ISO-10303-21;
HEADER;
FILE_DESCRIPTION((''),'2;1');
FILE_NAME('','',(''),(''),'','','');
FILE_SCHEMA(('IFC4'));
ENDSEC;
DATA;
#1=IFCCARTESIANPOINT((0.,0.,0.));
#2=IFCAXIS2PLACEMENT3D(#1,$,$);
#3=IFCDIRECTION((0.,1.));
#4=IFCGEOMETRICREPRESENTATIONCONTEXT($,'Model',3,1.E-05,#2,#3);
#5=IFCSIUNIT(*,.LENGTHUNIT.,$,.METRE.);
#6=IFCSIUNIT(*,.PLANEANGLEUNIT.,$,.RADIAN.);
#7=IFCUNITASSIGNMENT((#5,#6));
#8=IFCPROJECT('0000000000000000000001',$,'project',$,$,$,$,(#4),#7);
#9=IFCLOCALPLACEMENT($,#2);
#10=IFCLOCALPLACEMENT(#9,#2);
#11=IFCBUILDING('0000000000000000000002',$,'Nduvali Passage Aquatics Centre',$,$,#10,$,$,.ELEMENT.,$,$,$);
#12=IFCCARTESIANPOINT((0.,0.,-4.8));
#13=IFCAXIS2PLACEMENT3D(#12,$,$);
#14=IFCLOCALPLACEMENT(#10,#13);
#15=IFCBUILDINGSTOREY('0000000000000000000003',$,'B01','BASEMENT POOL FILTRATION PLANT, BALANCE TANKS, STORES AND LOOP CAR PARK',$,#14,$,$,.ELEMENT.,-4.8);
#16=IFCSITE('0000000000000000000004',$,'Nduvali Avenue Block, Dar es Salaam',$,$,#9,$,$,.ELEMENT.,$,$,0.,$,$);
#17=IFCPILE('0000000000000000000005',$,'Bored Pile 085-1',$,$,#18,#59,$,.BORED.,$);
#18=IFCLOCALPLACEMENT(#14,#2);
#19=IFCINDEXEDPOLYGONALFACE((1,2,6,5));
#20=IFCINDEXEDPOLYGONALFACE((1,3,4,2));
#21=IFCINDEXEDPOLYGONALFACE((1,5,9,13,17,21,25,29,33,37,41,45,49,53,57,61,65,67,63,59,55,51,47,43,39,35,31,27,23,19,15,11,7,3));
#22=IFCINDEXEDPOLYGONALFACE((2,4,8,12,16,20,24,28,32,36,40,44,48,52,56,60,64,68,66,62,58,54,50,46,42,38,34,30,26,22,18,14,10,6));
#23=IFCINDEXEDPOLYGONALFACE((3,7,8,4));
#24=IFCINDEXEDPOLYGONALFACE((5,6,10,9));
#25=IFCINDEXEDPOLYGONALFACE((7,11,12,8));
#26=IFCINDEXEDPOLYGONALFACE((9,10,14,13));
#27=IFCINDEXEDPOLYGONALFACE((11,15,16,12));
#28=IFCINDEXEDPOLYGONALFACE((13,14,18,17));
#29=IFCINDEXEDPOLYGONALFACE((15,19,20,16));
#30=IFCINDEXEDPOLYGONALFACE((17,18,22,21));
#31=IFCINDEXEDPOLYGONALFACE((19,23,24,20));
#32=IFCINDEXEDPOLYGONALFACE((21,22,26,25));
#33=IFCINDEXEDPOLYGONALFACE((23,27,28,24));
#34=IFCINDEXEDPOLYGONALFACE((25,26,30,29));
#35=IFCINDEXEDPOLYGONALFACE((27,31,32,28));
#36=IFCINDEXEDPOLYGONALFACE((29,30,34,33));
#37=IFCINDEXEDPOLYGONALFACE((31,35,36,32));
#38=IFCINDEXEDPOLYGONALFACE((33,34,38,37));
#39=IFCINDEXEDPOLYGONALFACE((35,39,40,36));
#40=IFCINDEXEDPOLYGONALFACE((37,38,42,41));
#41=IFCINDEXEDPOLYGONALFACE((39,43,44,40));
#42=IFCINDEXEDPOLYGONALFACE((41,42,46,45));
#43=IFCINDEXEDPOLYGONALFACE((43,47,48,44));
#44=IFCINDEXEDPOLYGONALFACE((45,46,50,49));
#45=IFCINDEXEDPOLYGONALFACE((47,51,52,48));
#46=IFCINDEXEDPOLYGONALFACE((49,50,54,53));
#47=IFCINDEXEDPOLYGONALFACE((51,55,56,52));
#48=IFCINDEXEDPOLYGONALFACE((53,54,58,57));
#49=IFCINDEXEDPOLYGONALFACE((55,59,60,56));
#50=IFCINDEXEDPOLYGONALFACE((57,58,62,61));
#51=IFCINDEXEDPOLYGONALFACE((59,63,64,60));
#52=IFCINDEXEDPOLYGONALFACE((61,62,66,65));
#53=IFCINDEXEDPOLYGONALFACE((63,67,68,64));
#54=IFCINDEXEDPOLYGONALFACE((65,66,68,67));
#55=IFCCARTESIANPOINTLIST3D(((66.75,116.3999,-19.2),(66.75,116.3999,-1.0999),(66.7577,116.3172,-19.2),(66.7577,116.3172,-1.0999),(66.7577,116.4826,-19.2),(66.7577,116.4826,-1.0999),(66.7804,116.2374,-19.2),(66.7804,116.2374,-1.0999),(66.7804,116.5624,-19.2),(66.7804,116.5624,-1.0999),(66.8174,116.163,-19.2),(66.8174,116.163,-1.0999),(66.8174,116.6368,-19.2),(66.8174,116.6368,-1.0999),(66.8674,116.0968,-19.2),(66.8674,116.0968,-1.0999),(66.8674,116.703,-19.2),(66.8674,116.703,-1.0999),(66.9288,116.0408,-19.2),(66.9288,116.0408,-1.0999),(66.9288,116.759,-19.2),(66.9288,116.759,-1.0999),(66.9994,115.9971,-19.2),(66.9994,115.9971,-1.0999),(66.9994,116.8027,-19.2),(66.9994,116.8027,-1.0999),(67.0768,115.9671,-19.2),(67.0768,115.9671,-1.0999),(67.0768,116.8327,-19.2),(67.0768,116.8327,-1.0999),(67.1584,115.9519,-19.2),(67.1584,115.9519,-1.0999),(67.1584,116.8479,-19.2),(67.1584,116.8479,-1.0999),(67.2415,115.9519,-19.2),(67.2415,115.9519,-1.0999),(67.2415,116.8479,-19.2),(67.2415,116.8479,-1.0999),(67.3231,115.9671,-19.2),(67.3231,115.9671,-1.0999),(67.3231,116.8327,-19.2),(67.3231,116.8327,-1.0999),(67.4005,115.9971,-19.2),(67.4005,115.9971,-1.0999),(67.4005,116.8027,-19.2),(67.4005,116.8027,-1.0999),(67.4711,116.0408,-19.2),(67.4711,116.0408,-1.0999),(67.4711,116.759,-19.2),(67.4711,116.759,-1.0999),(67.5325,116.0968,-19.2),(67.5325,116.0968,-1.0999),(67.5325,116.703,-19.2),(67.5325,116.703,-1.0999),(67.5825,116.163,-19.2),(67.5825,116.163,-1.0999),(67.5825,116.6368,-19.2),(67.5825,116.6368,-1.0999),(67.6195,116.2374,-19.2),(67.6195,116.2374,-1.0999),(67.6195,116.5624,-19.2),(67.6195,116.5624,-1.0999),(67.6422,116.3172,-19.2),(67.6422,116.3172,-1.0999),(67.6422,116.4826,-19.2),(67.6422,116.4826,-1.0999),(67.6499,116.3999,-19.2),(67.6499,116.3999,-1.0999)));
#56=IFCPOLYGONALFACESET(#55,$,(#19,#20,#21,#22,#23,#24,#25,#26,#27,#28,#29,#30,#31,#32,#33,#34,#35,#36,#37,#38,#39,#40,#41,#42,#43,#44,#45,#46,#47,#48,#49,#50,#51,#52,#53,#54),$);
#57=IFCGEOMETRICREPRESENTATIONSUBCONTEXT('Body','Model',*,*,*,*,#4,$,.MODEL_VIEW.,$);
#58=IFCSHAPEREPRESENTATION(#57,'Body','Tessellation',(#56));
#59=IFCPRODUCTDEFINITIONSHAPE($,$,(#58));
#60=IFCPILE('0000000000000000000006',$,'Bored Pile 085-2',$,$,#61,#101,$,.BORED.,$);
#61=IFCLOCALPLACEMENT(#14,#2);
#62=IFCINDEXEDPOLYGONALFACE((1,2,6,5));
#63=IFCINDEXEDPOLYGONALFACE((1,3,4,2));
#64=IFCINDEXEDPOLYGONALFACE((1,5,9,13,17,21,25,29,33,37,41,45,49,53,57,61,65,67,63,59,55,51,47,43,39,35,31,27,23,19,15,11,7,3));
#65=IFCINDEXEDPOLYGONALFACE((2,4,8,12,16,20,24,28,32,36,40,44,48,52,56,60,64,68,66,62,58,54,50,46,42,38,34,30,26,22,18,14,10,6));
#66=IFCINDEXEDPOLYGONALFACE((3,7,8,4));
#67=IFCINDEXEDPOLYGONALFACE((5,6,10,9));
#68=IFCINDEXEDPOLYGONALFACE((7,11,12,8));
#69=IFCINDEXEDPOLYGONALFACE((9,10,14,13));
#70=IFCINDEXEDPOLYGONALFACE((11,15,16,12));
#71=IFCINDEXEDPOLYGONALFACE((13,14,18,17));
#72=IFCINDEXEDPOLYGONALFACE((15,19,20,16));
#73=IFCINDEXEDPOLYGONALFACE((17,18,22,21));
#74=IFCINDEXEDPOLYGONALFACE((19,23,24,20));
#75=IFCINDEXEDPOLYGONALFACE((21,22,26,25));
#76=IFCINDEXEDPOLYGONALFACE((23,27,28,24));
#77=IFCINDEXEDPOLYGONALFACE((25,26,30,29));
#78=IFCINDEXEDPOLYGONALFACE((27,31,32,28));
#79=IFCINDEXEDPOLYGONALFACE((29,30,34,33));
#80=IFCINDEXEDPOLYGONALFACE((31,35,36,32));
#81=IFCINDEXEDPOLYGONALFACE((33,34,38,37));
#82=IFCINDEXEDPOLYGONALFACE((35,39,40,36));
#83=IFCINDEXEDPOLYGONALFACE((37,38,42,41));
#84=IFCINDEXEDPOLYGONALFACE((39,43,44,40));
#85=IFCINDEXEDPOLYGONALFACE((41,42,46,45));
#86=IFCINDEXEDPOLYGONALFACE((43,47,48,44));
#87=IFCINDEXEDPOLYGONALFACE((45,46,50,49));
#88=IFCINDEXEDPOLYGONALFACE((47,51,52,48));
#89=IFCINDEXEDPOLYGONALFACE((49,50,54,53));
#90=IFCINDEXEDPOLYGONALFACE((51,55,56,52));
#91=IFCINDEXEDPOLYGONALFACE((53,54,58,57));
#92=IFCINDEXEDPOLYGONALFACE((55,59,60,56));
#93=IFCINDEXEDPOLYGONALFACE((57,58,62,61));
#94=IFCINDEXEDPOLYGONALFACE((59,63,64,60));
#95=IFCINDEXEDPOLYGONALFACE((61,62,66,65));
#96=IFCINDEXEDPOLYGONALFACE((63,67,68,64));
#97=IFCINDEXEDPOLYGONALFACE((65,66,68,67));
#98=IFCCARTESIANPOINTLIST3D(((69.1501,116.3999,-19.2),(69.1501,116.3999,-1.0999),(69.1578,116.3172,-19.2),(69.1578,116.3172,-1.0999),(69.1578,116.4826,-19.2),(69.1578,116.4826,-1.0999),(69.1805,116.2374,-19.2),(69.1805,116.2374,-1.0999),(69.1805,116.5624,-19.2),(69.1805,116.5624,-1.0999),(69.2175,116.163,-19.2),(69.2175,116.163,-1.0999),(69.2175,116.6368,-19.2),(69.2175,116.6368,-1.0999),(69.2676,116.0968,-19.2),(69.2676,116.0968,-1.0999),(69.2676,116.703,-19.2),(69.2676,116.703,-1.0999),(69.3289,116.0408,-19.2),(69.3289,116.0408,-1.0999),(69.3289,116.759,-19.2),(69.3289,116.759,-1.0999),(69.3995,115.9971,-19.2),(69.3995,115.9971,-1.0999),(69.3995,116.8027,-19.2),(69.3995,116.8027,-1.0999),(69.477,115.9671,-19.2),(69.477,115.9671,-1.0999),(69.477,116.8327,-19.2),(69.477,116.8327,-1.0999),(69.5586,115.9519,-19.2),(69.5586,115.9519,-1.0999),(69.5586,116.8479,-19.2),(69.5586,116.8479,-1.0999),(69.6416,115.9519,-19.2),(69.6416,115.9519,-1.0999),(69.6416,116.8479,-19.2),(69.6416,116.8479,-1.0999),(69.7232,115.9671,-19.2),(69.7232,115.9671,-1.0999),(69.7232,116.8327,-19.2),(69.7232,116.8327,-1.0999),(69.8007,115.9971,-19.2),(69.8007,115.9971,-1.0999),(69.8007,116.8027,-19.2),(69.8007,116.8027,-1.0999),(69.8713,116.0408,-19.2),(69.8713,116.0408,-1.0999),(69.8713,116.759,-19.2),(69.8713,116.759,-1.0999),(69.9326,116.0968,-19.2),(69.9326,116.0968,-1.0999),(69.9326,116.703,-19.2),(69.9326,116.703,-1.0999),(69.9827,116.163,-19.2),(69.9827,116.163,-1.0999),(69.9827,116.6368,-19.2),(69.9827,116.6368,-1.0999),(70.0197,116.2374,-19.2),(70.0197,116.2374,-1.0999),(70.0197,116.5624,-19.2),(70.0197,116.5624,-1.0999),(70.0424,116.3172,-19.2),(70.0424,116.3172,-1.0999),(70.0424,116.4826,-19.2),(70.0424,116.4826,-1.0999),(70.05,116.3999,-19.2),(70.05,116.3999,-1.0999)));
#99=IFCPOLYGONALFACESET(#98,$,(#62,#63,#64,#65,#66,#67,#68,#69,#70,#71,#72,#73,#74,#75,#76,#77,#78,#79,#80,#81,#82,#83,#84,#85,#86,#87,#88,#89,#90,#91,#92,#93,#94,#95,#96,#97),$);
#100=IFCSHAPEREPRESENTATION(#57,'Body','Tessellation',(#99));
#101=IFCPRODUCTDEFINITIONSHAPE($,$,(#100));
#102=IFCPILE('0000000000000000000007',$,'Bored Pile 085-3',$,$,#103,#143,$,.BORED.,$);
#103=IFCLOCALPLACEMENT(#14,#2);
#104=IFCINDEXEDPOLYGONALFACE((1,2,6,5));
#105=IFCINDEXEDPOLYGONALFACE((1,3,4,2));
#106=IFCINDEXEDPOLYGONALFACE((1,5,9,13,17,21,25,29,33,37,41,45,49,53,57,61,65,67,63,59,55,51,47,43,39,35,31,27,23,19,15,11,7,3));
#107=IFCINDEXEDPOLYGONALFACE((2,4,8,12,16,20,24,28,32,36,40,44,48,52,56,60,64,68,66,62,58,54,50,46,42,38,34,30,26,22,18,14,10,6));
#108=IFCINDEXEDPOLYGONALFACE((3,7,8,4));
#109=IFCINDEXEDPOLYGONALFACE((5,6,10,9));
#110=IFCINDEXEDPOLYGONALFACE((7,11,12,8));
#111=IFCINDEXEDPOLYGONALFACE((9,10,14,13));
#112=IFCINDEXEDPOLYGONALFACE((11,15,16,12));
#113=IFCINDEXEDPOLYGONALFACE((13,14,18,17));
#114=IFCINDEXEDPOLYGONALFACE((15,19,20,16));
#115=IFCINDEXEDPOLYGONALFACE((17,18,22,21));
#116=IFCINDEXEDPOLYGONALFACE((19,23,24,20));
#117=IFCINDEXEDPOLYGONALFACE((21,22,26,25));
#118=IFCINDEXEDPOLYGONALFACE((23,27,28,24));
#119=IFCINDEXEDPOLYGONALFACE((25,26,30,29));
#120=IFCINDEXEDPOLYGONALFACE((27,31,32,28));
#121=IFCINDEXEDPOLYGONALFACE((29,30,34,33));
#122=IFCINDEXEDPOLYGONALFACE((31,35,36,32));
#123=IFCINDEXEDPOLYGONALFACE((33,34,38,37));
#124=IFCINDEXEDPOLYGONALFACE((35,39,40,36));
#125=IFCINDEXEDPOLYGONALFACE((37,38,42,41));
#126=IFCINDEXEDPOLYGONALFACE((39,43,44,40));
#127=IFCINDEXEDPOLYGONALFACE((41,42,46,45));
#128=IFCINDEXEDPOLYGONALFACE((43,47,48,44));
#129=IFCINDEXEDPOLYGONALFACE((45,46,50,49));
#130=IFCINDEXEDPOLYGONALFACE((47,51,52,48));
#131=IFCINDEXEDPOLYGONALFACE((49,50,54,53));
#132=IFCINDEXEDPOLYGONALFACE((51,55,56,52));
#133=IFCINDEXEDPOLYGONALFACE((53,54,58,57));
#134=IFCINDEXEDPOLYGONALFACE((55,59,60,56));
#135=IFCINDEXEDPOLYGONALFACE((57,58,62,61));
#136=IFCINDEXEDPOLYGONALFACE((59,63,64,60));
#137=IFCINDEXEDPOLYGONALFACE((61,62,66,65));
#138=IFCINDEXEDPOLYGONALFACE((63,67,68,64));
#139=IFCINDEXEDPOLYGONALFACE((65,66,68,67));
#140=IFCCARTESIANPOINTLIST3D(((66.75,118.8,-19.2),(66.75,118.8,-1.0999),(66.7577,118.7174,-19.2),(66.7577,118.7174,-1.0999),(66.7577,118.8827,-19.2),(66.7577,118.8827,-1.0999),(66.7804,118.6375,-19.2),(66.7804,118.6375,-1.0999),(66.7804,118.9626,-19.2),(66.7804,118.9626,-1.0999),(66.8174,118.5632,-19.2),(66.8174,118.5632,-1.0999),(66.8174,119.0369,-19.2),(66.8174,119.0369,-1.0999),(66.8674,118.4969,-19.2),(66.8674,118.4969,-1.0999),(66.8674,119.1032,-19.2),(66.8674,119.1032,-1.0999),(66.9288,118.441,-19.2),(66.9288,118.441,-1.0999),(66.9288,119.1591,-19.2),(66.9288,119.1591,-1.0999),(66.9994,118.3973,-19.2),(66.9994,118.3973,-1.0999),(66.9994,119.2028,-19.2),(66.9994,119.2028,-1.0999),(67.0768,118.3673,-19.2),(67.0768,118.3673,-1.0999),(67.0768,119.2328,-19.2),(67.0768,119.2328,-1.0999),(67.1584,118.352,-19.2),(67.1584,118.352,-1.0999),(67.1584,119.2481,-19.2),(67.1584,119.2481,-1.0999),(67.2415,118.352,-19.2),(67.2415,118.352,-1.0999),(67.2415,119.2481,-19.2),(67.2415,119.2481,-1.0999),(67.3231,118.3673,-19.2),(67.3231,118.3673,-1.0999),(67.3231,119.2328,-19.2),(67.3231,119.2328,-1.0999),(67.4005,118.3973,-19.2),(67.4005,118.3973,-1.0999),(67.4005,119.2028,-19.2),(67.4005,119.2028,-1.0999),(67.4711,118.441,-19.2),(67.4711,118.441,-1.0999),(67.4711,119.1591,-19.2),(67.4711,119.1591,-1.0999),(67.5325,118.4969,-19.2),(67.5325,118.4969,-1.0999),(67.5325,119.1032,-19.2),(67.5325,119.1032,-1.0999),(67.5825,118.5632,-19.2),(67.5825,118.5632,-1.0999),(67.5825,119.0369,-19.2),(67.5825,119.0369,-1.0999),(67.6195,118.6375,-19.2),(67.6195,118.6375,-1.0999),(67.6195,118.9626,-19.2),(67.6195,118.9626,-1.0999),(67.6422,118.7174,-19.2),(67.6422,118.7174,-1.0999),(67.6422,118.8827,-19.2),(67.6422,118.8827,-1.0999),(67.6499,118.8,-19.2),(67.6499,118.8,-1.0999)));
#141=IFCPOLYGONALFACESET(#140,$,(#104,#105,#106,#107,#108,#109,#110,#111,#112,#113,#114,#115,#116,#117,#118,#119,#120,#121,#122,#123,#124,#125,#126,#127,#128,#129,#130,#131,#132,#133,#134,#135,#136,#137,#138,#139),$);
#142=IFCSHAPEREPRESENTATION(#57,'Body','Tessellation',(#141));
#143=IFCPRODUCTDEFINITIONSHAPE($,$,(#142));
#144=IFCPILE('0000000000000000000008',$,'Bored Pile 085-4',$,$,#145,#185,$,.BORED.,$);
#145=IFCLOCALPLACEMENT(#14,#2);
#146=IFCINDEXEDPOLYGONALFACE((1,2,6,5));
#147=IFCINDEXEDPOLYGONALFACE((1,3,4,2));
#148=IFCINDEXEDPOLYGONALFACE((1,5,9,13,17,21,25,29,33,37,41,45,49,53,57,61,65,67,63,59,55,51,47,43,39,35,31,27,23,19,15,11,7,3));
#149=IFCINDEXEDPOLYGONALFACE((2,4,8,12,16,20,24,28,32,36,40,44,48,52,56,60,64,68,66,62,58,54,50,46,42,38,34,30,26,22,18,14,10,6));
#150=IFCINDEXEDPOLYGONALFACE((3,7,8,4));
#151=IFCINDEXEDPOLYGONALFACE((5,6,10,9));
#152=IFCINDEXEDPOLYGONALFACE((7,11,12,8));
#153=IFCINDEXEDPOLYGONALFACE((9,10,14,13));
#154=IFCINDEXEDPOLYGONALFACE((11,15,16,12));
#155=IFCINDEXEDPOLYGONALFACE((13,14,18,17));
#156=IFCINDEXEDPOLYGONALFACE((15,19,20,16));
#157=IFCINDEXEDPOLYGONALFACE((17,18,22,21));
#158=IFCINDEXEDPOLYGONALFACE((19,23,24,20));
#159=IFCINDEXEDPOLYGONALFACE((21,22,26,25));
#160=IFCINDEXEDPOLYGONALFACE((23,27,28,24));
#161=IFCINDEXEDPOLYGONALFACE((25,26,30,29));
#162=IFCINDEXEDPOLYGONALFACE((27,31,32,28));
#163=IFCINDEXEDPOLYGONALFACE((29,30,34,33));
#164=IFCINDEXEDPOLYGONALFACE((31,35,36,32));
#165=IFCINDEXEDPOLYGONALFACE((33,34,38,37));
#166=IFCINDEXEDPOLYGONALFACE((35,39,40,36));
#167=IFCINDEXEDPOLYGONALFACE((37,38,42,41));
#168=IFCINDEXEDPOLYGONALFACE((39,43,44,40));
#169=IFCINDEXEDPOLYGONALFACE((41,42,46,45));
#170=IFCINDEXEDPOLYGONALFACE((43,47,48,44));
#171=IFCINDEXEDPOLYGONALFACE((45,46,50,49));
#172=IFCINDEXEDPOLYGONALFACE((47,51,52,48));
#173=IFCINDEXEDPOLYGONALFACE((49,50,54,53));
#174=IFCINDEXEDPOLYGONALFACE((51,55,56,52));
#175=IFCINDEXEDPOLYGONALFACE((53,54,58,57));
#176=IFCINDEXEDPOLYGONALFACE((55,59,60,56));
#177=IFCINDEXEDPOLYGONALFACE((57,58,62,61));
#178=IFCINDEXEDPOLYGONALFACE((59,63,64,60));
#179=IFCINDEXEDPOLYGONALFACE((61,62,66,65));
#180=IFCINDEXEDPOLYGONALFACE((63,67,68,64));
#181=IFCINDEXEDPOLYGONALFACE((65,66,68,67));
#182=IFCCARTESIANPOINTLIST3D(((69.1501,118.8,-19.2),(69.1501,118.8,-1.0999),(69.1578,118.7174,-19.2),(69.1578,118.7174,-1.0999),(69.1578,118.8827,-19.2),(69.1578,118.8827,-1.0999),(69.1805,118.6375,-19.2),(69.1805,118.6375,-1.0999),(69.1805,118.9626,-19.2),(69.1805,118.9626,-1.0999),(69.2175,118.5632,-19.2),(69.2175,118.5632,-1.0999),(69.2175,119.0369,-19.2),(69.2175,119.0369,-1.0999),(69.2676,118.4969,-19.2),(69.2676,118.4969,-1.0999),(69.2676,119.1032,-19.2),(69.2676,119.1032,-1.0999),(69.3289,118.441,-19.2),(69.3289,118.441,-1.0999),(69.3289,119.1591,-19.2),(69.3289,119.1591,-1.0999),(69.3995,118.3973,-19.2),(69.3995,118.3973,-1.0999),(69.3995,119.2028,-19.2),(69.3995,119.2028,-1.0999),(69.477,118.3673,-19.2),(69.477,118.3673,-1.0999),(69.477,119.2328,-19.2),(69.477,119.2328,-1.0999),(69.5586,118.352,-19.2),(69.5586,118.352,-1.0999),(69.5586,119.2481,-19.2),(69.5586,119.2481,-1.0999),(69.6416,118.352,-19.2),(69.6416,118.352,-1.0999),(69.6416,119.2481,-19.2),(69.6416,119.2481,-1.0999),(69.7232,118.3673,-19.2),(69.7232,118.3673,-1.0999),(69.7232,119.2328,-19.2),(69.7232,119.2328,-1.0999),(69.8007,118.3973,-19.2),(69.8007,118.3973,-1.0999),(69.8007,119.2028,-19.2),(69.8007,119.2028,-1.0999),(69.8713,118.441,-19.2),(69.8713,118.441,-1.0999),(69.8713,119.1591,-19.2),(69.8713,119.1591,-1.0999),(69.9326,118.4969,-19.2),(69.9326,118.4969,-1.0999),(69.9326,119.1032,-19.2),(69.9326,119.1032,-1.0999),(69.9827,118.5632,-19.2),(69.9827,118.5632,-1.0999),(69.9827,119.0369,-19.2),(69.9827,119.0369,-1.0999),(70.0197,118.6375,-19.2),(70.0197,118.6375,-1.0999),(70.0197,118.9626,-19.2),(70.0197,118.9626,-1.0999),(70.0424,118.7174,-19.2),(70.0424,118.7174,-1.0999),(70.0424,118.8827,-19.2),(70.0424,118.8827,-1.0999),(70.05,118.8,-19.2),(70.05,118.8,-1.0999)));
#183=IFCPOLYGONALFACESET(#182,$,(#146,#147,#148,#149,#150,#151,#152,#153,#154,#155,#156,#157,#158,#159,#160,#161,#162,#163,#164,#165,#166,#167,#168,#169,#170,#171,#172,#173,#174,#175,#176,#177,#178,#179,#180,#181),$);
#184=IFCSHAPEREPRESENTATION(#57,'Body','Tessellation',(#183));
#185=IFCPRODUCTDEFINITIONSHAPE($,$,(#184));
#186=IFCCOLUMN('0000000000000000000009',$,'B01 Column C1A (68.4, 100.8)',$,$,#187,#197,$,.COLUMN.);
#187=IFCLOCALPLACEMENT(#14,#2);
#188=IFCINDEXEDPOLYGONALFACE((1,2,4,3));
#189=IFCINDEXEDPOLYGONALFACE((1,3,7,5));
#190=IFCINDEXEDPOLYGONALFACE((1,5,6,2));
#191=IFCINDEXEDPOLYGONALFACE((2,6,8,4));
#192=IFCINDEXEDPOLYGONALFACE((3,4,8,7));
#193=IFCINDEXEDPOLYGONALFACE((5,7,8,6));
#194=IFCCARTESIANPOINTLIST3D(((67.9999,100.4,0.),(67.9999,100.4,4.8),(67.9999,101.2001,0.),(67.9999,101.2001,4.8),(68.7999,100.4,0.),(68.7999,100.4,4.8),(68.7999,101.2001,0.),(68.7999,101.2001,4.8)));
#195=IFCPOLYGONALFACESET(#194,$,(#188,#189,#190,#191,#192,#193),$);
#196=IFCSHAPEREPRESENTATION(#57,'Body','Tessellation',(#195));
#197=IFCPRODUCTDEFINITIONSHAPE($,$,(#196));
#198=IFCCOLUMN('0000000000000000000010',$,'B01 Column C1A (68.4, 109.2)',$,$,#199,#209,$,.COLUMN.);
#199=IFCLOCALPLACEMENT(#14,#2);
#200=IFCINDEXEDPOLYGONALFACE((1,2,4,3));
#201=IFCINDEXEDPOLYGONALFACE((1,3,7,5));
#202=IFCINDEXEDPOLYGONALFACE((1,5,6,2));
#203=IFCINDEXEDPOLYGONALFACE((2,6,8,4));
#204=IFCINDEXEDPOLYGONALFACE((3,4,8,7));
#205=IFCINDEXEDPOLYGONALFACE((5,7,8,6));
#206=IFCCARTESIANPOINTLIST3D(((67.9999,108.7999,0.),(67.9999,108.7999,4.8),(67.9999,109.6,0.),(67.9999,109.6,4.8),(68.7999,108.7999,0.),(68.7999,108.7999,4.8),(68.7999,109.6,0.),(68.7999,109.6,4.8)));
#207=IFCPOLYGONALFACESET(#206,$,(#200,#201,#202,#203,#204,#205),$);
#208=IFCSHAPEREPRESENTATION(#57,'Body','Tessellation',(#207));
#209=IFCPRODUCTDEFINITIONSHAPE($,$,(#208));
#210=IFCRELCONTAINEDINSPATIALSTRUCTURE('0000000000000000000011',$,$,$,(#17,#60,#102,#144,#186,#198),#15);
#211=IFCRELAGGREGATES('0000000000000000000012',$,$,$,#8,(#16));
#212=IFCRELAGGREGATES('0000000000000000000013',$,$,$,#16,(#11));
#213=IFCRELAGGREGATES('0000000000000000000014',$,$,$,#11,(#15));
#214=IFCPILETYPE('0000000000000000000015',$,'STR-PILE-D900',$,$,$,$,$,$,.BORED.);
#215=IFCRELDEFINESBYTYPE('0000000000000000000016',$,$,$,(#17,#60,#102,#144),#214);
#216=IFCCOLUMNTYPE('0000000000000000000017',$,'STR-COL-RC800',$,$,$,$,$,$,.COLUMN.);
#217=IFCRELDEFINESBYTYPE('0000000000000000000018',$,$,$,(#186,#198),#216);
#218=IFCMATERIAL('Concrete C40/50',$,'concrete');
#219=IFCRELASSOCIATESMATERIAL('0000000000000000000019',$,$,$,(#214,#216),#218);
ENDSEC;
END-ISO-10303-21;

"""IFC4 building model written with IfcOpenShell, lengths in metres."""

from ifc_helpers import new_model, si_unit, direction, frame, origin, origin_2d, place, context, subcontext, project, spatial, rectangle, circle, extrude, material, material_profile, profile_set, type_object, element, save


model = new_model("IFC4")

# Units and contexts
model_context = context("Model", 3, precision=1e-05, world=origin(), true_north=direction((0.0, 1.0)))
body_context = subcontext(model_context, "Body", "Model", "MODEL_VIEW")
ifc_project = project(units=[si_unit("LENGTHUNIT", "METRE"), si_unit("PLANEANGLEUNIT", "RADIAN")], contexts=[model_context])

# Site, building, storey
site_placement = place(None, origin())
site = spatial("IfcSite", under=ifc_project, at=site_placement, Name="Nduvali Avenue Block, Dar es Salaam", CompositionType="ELEMENT", RefElevation=0.0)
building_placement = place(site_placement, origin())
building = spatial("IfcBuilding", under=site, at=building_placement, Name="Nduvali Passage Aquatics Centre", CompositionType="ELEMENT")
storey_placement = place(building_placement, frame((0.0, 0.0, -4.8)))
storey = spatial("IfcBuildingStorey", under=building, at=storey_placement, Name="B01", Description="BASEMENT POOL FILTRATION PLANT, BALANCE TANKS, STORES AND LOOP CAR PARK", CompositionType="ELEMENT", Elevation=-4.8)

# Shared definitions
ifc_material = material(Name="Concrete C40/50", Category="concrete")

# Piles
ifc_material_profile_1 = material_profile(ifc_material, circle(Radius=0.45, at=origin_2d()), Name="PILE D900")
ifc_profile_set_1 = profile_set([ifc_material_profile_1], Name="Concrete C40/50")
pile_type_1 = type_object("IfcPileType", Name="STR-PILE-D900", PredefinedType="BORED", material=ifc_profile_set_1)
for number, where, z_axis, x_axis, name in (
    (1, (67.2, 116.3999, -1.0999), (0.0, 0.0, -1.0), (1.0, 0.0, 0.0), "Bored Pile 085-1"),
    (2, (69.6001, 116.3999, -1.0999), (0.0, 0.0, -1.0), (1.0, 0.0, 0.0), "Bored Pile 085-2"),
    (3, (67.2, 118.8, -1.0999), (0.0, 0.0, -1.0), (1.0, 0.0, 0.0), "Bored Pile 085-3"),
    (4, (69.6001, 118.8, -1.0999), (0.0, 0.0, -1.0), (1.0, 0.0, 0.0), "Bored Pile 085-4"),
):
    element("IfcPile", number, at=place(storey_placement, frame(where, z_axis=z_axis, x_axis=x_axis)), inside=storey, type_object=pile_type_1, Name=name, PredefinedType="BORED", context=body_context, shape_type="SweptSolid", body=[
        extrude(circle(Radius=0.45, at=origin_2d()), origin(), (0.0, 0.0, 1.0), 18.1001),
    ])

# Columns
ifc_material_profile_2 = material_profile(ifc_material, rectangle(XDim=0.8, YDim=0.8, at=origin_2d()), Name="RC 800x800")
ifc_profile_set_2 = profile_set([ifc_material_profile_2], Name="Concrete C40/50")
column_type_1 = type_object("IfcColumnType", Name="STR-COL-RC800", PredefinedType="COLUMN", material=ifc_profile_set_2)
for number, where, z_axis, x_axis, name in (
    (5, (68.3999, 100.8, 0.0), (0.0, 0.0, 1.0), (1.0, 0.0, 0.0), "B01 Column C1A (68.4, 100.8)"),
    (6, (68.3999, 109.2, 0.0), (0.0, 0.0, 1.0), (1.0, 0.0, 0.0), "B01 Column C1A (68.4, 109.2)"),
):
    element("IfcColumn", number, at=place(storey_placement, frame(where, z_axis=z_axis, x_axis=x_axis)), inside=storey, type_object=column_type_1, Name=name, PredefinedType="COLUMN", context=body_context, shape_type="SweptSolid", body=[
        extrude(rectangle(XDim=0.8, YDim=0.8, at=origin_2d()), origin(), (0.0, 0.0, 1.0), 4.8),
    ])

save(model, "model.ifc")
